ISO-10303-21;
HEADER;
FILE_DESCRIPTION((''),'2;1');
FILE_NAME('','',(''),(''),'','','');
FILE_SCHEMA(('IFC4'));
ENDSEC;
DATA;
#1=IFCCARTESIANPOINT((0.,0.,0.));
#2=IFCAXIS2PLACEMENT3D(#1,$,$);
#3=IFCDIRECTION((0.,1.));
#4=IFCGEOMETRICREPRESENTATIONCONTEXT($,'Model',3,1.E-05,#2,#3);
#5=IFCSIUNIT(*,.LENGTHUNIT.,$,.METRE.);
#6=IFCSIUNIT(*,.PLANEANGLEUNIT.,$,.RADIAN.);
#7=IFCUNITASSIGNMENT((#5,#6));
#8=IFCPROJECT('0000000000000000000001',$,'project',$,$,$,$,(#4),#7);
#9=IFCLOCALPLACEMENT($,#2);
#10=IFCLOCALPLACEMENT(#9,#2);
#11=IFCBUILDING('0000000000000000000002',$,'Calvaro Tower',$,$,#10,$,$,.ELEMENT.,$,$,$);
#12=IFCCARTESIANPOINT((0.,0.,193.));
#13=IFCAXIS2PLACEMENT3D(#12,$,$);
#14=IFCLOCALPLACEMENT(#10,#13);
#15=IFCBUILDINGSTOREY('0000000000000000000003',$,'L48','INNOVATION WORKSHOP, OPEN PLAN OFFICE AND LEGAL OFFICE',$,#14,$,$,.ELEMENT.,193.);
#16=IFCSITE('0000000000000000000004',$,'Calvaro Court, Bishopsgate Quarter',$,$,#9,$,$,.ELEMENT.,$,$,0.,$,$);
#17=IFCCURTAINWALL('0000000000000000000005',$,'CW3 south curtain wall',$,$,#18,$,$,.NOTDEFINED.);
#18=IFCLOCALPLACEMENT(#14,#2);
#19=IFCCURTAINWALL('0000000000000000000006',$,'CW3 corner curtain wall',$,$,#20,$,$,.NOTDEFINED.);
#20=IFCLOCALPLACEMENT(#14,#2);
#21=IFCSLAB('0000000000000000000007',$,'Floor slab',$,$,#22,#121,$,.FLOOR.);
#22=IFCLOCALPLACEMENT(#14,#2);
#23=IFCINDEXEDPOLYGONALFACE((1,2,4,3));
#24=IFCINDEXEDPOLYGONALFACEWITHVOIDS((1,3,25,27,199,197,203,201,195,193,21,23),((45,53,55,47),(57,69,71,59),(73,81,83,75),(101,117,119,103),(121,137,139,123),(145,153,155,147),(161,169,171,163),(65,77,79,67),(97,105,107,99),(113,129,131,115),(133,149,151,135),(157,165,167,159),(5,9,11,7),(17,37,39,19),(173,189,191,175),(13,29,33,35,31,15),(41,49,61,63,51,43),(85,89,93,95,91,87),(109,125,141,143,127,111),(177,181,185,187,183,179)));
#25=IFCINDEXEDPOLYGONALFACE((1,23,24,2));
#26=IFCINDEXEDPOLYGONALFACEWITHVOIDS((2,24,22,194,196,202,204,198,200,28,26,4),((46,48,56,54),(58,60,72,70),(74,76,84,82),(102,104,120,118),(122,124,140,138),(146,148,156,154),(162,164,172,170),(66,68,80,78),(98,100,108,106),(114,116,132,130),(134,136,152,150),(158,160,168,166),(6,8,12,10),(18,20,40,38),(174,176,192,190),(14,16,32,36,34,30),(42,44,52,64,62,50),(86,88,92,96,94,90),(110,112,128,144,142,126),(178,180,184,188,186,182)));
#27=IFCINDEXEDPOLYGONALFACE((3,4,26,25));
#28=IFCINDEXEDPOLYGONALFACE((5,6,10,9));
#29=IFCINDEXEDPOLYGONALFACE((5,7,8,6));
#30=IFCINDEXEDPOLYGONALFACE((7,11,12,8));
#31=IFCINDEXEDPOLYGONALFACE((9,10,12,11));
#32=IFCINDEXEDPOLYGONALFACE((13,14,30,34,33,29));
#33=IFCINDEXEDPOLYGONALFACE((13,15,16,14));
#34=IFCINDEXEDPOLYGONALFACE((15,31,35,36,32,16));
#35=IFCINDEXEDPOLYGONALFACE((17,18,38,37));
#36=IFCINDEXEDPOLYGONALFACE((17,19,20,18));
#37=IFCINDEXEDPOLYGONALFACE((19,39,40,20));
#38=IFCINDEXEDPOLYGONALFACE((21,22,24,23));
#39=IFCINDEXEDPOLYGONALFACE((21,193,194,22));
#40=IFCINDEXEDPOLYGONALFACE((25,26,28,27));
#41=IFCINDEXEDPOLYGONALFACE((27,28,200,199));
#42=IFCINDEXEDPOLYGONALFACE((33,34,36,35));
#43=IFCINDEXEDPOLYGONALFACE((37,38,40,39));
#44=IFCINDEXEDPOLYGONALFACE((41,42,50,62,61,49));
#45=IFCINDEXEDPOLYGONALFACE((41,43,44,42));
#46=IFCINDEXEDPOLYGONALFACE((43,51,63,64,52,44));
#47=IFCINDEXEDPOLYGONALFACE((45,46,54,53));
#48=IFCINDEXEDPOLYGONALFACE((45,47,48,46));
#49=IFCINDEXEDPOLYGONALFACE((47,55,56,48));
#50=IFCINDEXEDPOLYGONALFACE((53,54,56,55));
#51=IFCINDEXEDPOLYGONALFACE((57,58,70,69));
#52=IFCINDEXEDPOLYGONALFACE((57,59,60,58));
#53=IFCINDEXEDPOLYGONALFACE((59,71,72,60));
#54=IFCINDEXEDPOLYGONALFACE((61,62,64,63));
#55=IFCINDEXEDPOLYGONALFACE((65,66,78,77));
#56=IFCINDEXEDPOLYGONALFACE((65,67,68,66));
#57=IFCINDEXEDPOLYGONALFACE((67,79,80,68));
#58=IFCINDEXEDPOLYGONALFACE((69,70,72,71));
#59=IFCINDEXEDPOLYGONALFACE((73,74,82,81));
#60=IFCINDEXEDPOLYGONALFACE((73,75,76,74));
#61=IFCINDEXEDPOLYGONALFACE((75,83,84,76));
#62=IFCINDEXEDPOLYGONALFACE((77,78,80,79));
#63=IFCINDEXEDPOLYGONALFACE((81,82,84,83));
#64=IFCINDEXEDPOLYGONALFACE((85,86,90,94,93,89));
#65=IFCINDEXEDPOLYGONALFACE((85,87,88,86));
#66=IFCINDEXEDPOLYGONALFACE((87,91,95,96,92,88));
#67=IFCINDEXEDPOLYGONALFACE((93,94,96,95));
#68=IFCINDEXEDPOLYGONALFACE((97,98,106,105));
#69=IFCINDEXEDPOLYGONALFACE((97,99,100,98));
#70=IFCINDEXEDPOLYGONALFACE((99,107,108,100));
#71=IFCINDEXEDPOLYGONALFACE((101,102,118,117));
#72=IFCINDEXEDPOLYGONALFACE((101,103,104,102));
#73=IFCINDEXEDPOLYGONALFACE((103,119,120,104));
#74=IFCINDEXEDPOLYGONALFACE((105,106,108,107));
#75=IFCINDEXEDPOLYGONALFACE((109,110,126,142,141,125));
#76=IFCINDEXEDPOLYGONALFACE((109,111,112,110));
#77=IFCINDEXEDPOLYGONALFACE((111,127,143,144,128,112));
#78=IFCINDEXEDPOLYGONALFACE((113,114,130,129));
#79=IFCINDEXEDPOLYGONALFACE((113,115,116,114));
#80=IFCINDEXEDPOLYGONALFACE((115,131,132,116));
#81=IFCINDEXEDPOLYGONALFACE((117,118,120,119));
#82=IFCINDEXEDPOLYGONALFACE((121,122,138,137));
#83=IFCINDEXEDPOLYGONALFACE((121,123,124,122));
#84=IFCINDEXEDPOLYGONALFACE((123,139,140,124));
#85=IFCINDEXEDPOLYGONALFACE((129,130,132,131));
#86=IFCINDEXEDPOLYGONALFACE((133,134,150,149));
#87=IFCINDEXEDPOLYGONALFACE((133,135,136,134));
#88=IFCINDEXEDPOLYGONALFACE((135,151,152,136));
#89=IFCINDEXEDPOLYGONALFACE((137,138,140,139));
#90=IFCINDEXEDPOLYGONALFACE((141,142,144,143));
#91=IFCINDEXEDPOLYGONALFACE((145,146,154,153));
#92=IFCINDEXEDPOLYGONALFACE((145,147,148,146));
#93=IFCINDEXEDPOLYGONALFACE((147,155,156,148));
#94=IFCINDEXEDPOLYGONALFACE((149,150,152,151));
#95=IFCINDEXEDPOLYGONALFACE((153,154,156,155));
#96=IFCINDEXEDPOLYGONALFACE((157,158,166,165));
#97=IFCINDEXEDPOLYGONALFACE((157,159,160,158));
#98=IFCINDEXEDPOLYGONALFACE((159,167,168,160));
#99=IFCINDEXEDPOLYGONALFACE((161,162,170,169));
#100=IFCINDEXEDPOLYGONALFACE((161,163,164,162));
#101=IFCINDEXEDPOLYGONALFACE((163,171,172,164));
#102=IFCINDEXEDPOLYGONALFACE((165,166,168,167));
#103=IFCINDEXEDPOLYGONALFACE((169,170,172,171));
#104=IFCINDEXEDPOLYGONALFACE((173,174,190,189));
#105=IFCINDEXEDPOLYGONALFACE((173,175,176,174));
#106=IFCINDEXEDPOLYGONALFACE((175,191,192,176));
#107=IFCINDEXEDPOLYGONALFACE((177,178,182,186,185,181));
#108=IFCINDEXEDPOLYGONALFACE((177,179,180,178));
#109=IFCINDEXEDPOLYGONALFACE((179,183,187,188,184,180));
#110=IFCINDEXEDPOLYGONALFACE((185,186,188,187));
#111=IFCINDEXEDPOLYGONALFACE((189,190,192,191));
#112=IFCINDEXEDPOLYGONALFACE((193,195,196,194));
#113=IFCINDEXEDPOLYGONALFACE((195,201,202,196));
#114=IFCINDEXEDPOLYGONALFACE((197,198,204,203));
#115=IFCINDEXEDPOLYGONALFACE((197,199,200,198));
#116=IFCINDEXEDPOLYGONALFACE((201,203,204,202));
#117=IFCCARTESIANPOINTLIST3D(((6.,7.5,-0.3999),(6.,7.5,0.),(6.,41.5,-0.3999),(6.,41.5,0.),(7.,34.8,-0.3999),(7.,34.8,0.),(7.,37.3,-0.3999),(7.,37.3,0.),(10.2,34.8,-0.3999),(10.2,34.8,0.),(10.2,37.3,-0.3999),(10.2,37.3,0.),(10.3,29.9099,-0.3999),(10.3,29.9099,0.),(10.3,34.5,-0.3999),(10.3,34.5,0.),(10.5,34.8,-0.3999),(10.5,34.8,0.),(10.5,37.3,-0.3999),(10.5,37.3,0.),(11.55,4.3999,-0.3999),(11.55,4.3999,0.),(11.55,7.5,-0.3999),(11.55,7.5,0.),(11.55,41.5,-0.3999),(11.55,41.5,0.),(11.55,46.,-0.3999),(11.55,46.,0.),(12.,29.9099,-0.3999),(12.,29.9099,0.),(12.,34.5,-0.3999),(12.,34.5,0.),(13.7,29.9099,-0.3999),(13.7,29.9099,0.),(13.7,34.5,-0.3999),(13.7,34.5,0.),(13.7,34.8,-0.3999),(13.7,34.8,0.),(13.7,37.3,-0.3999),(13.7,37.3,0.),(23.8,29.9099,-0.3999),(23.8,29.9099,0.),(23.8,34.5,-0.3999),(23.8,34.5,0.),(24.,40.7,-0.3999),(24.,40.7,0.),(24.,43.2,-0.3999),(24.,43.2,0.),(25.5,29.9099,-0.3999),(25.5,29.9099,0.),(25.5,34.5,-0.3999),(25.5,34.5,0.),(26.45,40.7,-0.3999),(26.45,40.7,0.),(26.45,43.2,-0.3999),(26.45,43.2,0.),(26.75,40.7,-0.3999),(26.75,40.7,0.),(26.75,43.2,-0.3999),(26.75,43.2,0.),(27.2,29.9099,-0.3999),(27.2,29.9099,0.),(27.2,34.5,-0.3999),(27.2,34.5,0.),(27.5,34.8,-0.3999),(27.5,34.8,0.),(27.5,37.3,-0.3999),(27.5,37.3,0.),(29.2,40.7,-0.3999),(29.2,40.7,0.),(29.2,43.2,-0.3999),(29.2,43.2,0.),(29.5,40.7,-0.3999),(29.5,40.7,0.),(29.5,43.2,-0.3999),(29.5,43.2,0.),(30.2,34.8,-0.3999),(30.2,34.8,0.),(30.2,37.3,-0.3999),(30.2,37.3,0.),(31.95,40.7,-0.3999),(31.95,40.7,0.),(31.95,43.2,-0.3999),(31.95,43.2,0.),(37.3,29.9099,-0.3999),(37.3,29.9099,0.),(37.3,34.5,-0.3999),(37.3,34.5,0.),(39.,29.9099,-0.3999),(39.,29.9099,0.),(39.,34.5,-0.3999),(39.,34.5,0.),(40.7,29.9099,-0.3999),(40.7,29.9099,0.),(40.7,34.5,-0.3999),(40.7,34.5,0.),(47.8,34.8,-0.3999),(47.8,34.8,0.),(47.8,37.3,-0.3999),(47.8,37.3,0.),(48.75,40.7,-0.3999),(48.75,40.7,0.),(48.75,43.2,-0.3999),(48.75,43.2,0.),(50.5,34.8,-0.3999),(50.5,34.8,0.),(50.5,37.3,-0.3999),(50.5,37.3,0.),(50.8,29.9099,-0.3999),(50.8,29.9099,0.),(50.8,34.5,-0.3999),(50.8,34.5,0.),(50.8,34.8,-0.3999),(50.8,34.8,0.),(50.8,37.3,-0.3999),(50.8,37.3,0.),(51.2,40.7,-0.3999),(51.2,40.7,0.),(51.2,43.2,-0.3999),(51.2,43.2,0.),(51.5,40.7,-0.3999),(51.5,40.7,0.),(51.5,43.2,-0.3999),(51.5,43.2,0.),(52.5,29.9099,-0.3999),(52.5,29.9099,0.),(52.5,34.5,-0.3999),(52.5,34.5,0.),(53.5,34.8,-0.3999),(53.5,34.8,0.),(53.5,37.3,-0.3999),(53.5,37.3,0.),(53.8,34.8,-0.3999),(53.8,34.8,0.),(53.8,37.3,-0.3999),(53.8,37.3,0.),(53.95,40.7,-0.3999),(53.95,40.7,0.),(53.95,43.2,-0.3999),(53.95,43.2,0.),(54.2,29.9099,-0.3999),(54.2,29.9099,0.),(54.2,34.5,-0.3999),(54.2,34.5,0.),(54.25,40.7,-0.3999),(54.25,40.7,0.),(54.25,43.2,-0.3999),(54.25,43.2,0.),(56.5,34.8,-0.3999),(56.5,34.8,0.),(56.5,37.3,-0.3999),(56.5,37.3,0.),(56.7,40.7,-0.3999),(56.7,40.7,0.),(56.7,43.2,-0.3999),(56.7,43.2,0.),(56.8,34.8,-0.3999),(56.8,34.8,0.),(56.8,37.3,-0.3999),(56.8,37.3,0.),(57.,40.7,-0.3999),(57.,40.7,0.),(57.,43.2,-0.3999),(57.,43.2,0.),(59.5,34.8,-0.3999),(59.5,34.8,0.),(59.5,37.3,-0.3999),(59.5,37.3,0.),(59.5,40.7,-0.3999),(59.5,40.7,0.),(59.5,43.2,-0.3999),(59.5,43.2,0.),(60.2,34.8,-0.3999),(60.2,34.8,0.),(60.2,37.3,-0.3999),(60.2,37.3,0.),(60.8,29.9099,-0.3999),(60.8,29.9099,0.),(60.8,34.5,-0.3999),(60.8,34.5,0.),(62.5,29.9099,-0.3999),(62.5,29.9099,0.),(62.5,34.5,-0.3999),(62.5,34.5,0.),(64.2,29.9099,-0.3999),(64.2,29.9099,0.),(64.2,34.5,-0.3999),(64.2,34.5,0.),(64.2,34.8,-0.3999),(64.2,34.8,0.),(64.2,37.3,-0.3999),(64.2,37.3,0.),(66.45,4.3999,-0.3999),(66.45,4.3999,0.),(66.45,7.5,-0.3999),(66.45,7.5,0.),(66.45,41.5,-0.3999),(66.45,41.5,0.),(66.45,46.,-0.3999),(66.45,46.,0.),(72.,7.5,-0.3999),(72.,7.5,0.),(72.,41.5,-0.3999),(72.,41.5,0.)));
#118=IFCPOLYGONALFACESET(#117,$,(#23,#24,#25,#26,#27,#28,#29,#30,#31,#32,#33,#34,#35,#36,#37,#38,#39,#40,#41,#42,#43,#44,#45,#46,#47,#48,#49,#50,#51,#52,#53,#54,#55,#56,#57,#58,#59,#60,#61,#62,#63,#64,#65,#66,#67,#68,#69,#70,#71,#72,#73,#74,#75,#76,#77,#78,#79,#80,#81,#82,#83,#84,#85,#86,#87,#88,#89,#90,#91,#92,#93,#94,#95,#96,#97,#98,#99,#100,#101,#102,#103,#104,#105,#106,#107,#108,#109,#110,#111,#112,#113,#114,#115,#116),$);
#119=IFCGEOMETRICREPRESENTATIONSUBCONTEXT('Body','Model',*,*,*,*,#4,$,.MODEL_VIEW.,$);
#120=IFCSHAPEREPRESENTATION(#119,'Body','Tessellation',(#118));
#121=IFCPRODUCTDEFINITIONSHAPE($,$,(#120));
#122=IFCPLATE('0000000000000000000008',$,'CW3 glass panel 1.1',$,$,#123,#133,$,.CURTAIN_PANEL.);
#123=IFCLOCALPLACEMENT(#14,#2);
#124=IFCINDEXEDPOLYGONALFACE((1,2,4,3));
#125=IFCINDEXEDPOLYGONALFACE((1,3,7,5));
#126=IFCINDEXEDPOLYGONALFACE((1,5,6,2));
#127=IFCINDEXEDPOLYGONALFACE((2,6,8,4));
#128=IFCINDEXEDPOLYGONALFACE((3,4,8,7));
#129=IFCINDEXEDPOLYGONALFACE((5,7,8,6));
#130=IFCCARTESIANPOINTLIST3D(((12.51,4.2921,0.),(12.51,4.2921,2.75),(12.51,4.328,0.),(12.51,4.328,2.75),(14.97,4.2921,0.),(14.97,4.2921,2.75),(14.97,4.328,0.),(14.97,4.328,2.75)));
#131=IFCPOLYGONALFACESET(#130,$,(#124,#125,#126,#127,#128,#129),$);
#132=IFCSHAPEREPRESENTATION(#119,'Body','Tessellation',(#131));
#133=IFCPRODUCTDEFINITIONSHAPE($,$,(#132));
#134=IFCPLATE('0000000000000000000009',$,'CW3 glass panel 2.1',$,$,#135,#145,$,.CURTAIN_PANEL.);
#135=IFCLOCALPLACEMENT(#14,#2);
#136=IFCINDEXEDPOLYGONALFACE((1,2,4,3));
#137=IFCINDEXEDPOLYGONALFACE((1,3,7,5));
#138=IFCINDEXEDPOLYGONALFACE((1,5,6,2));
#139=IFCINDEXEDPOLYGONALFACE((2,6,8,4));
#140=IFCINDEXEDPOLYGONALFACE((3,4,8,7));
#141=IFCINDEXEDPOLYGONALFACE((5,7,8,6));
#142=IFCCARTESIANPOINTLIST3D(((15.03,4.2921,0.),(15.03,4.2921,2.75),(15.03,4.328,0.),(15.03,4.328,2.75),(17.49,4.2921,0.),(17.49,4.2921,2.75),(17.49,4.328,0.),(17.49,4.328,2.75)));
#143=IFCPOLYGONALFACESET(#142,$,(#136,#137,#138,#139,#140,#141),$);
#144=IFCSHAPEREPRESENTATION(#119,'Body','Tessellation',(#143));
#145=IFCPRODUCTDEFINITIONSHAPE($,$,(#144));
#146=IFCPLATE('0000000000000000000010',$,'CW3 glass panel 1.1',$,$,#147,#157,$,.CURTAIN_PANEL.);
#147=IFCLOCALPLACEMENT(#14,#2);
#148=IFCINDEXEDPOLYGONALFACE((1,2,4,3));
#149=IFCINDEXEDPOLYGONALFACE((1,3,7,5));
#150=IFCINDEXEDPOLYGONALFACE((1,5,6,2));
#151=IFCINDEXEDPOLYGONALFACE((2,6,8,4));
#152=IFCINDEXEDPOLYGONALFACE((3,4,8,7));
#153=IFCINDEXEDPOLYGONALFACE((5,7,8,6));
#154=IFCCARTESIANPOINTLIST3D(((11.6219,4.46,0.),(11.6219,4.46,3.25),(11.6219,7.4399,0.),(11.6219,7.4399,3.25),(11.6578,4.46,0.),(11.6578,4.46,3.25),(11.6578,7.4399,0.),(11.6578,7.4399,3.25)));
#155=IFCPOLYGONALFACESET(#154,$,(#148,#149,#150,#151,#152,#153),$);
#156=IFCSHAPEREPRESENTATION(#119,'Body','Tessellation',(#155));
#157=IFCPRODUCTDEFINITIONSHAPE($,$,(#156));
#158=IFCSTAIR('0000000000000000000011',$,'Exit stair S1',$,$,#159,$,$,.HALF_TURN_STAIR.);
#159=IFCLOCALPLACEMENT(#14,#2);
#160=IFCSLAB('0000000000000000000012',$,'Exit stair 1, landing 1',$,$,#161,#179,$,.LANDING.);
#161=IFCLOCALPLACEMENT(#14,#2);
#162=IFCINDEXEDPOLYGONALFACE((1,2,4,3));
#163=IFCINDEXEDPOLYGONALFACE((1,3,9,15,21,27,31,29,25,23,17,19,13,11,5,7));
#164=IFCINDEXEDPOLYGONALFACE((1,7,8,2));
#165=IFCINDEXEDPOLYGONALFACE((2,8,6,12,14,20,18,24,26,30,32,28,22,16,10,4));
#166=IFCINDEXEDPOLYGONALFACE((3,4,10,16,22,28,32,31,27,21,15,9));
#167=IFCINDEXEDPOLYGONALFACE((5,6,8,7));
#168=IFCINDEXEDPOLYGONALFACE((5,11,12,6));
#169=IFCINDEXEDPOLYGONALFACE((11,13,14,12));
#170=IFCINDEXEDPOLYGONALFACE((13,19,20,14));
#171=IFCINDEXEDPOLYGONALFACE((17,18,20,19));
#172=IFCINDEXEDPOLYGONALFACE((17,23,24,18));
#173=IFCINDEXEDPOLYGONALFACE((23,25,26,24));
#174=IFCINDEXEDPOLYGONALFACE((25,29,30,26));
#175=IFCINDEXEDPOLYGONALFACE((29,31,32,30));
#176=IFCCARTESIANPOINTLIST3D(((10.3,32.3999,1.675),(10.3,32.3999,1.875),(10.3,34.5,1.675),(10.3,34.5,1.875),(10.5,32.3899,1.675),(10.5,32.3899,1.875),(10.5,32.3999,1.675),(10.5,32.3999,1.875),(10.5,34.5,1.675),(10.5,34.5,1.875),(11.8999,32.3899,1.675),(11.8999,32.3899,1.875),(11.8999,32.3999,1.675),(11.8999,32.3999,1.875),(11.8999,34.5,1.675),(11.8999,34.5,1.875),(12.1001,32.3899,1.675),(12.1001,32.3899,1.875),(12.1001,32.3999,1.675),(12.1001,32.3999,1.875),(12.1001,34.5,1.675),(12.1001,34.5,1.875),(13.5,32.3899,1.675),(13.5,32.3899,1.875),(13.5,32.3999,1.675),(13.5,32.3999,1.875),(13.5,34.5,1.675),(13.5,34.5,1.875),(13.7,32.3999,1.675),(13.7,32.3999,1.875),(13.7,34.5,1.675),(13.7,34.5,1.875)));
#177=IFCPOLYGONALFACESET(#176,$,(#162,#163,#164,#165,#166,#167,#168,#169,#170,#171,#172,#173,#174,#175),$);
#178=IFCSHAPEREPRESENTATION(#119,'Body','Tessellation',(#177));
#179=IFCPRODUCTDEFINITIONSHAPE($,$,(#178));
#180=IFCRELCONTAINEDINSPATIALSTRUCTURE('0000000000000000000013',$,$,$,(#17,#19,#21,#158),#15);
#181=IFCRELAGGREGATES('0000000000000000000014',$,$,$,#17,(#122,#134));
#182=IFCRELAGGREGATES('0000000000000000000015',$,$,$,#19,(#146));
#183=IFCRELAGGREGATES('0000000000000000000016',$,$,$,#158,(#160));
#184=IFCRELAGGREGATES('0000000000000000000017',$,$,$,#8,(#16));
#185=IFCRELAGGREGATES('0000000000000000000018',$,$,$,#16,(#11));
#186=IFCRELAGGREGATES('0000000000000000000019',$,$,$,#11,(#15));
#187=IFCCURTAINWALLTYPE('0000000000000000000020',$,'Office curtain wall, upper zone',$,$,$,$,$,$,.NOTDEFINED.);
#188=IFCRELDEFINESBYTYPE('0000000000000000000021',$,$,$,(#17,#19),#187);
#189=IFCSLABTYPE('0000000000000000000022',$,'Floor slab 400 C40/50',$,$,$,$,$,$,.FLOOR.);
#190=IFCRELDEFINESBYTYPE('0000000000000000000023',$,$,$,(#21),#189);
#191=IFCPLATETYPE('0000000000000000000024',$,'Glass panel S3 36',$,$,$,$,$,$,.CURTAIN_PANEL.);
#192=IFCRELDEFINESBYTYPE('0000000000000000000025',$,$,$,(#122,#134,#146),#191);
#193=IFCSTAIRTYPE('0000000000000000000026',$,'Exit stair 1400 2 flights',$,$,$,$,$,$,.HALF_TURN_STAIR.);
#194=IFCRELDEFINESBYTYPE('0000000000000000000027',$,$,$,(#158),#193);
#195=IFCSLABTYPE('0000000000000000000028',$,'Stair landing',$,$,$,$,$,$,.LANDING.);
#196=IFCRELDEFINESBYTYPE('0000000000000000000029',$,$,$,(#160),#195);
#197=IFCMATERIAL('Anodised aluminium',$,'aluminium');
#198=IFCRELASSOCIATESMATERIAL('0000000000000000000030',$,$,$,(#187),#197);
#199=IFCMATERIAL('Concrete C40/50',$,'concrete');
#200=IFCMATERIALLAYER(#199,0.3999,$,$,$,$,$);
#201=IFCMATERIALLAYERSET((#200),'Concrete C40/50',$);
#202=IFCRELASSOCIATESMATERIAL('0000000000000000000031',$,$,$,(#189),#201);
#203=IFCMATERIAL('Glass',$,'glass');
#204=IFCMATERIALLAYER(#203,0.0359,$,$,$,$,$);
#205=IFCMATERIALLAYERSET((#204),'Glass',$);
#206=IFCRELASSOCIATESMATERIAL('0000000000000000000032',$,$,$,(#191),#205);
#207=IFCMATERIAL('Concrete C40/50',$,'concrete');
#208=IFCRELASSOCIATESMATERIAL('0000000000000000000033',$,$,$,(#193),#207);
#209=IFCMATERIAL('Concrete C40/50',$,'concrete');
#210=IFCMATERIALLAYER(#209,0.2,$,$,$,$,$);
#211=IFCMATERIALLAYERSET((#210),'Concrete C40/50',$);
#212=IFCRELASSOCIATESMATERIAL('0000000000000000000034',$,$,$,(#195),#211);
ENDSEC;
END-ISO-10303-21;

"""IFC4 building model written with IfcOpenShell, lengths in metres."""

from ifc_helpers import new_model, si_unit, direction, frame, origin, origin_2d, place, context, subcontext, project, spatial, polyline, rectangle, outline, extrude, material, layer, layer_set, type_object, element, aggregate, save


model = new_model("IFC4")

# Units and contexts
model_context = context("Model", 3, precision=1e-05, world=origin(), true_north=direction((0.0, 1.0)))
body_context = subcontext(model_context, "Body", "Model", "MODEL_VIEW")
ifc_project = project(units=[si_unit("LENGTHUNIT", "METRE"), si_unit("PLANEANGLEUNIT", "RADIAN")], contexts=[model_context])

# Site, building, storey
site_placement = place(None, origin())
site = spatial("IfcSite", under=ifc_project, at=site_placement, Name="Calvaro Court, Bishopsgate Quarter", CompositionType="ELEMENT", RefElevation=0.0)
building_placement = place(site_placement, origin())
building = spatial("IfcBuilding", under=site, at=building_placement, Name="Calvaro Tower", CompositionType="ELEMENT")
storey_placement = place(building_placement, frame((0.0, 0.0, 193.0)))
storey = spatial("IfcBuildingStorey", under=building, at=storey_placement, Name="L48", Description="INNOVATION WORKSHOP, OPEN PLAN OFFICE AND LEGAL OFFICE", CompositionType="ELEMENT", Elevation=193.0)

# Curtain wall
ifc_material_1 = material(Name="Anodised aluminium", Category="aluminium")
curtain_wall_type = type_object("IfcCurtainWallType", Name="Office curtain wall, upper zone", PredefinedType="NOTDEFINED", material=ifc_material_1)
curtain_wall_1_placement = place(storey_placement, origin())
curtain_wall_1 = element("IfcCurtainWall", 1, at=curtain_wall_1_placement, inside=storey, type_object=curtain_wall_type, Name="CW3 south curtain wall", PredefinedType="NOTDEFINED")

# Curtain wall
curtain_wall_2_placement = place(storey_placement, origin())
curtain_wall_2 = element("IfcCurtainWall", 2, at=curtain_wall_2_placement, inside=storey, type_object=curtain_wall_type, Name="CW3 corner curtain wall", PredefinedType="NOTDEFINED")

# Slab
ifc_material_2 = material(Name="Concrete C40/50", Category="concrete")
ifc_layer_1 = layer(ifc_material_2, 0.3999)
ifc_layer_set_1 = layer_set([ifc_layer_1], Name="Concrete C40/50")
slab_type_1 = type_object("IfcSlabType", Name="Floor slab 400 C40/50", PredefinedType="FLOOR", material=ifc_layer_set_1)
slab_1_placement = place(storey_placement, frame((0.0, 0.0, -0.3999)))
element("IfcSlab", 3, at=slab_1_placement, inside=storey, type_object=slab_type_1, Name="Floor slab", PredefinedType="FLOOR", context=body_context, shape_type="SweptSolid", body=[
    extrude(outline(polyline([(66.45, 7.5), (66.45, 4.3999), (11.55, 4.3999), (11.55, 7.5), (6.0, 7.5), (6.0, 41.5), (11.55, 41.5), (11.55, 46.0), (66.45, 46.0), (66.45, 41.5), (72.0, 41.5), (72.0, 7.5), (66.45, 7.5)]), holes=[polyline([(10.3, 29.9099), (10.3, 34.5), (12.0, 34.5), (13.7, 34.5), (13.7, 29.9099), (12.0, 29.9099), (10.3, 29.9099)]), polyline([(23.8, 29.9099), (23.8, 34.5), (25.5, 34.5), (27.2, 34.5), (27.2, 29.9099), (25.5, 29.9099), (23.8, 29.9099)]), polyline([(37.3, 29.9099), (37.3, 34.5), (39.0, 34.5), (40.7, 34.5), (40.7, 29.9099), (39.0, 29.9099), (37.3, 29.9099)]), polyline([(50.8, 29.9099), (50.8, 34.5), (52.5, 34.5), (54.2, 34.5), (54.2, 29.9099), (52.5, 29.9099), (50.8, 29.9099)]), polyline([(60.8, 29.9099), (60.8, 34.5), (62.5, 34.5), (64.2, 34.5), (64.2, 29.9099), (62.5, 29.9099), (60.8, 29.9099)]), polyline([(50.8, 34.8), (53.5, 34.8), (53.5, 37.3), (50.8, 37.3), (50.8, 34.8)]), polyline([(53.8, 34.8), (56.5, 34.8), (56.5, 37.3), (53.8, 37.3), (53.8, 34.8)]), polyline([(56.8, 34.8), (59.5, 34.8), (59.5, 37.3), (56.8, 37.3), (56.8, 34.8)]), polyline([(24.0, 40.7), (26.45, 40.7), (26.45, 43.2), (24.0, 43.2), (24.0, 40.7)]), polyline([(26.75, 40.7), (29.2, 40.7), (29.2, 43.2), (26.75, 43.2), (26.75, 40.7)]), polyline([(29.5, 40.7), (31.95, 40.7), (31.95, 43.2), (29.5, 43.2), (29.5, 40.7)]), polyline([(48.75, 40.7), (51.2, 40.7), (51.2, 43.2), (48.75, 43.2), (48.75, 40.7)]), polyline([(51.5, 40.7), (53.95, 40.7), (53.95, 43.2), (51.5, 43.2), (51.5, 40.7)]), polyline([(54.25, 40.7), (56.7, 40.7), (56.7, 43.2), (54.25, 43.2), (54.25, 40.7)]), polyline([(57.0, 40.7), (59.5, 40.7), (59.5, 43.2), (57.0, 43.2), (57.0, 40.7)]), polyline([(7.0, 34.8), (10.2, 34.8), (10.2, 37.3), (7.0, 37.3), (7.0, 34.8)]), polyline([(10.5, 34.8), (13.7, 34.8), (13.7, 37.3), (10.5, 37.3), (10.5, 34.8)]), polyline([(60.2, 34.8), (64.2, 34.8), (64.2, 37.3), (60.2, 37.3), (60.2, 34.8)]), polyline([(27.5, 34.8), (30.2, 34.8), (30.2, 37.3), (27.5, 37.3), (27.5, 34.8)]), polyline([(47.8, 34.8), (50.5, 34.8), (50.5, 37.3), (47.8, 37.3), (47.8, 34.8)])]), origin(), (0.0, 0.0, 1.0), 0.3999),
])

# Plates
ifc_material_3 = material(Name="Glass", Category="glass")
ifc_layer_2 = layer(ifc_material_3, 0.0359)
ifc_layer_set_2 = layer_set([ifc_layer_2], Name="Glass")
plate_type = type_object("IfcPlateType", Name="Glass panel S3 36", PredefinedType="CURTAIN_PANEL", material=ifc_layer_set_2)
plate_1_placement = place(storey_placement, frame((13.74, 4.3101, 0.0), z_axis=(0.0, 0.0, 1.0), x_axis=(1.0, 0.0, 0.0)))
plate_1 = element("IfcPlate", 4, at=plate_1_placement, type_object=plate_type, Name="CW3 glass panel 1.1", PredefinedType="CURTAIN_PANEL", context=body_context, shape_type="SweptSolid", body=[
    extrude(rectangle(XDim=2.46, YDim=0.0359, at=origin_2d()), origin(), (0.0, 0.0, 1.0), 2.75),
])
plate_2_placement = place(storey_placement, frame((16.26, 4.3101, 0.0), z_axis=(0.0, 0.0, 1.0), x_axis=(1.0, 0.0, 0.0)))
plate_2 = element("IfcPlate", 5, at=plate_2_placement, type_object=plate_type, Name="CW3 glass panel 2.1", PredefinedType="CURTAIN_PANEL", context=body_context, shape_type="SweptSolid", body=[
    extrude(rectangle(XDim=2.46, YDim=0.0359, at=origin_2d()), origin(), (0.0, 0.0, 1.0), 2.75),
])
aggregate(curtain_wall_1, [plate_1, plate_2])
plate_3_placement = place(storey_placement, frame((11.6399, 5.95, 0.0), z_axis=(0.0, 0.0, 1.0), x_axis=(0.0, 1.0, 0.0)))
plate_3 = element("IfcPlate", 6, at=plate_3_placement, type_object=plate_type, Name="CW3 glass panel 1.1", PredefinedType="CURTAIN_PANEL", context=body_context, shape_type="SweptSolid", body=[
    extrude(rectangle(XDim=2.98, YDim=0.0359, at=origin_2d()), origin(), (0.0, 0.0, 1.0), 3.25),
])
aggregate(curtain_wall_2, [plate_3])

# Stair, slab
ifc_material_4 = material(Name="Concrete C40/50", Category="concrete")
stair_type = type_object("IfcStairType", Name="Exit stair 1400 2 flights", PredefinedType="HALF_TURN_STAIR", material=ifc_material_4)
stair_1_placement = place(storey_placement, origin())
stair_1 = element("IfcStair", 7, at=stair_1_placement, inside=storey, type_object=stair_type, Name="Exit stair S1", PredefinedType="HALF_TURN_STAIR")
ifc_material_5 = material(Name="Concrete C40/50", Category="concrete")
ifc_layer_3 = layer(ifc_material_5, 0.2)
ifc_layer_set_3 = layer_set([ifc_layer_3], Name="Concrete C40/50")
slab_type_2 = type_object("IfcSlabType", Name="Stair landing", PredefinedType="LANDING", material=ifc_layer_set_3)
slab_2_placement = place(storey_placement, frame((0.0, 0.0, 1.675)))
slab_2 = element("IfcSlab", 8, at=slab_2_placement, type_object=slab_type_2, Name="Exit stair 1, landing 1", PredefinedType="LANDING", context=body_context, shape_type="SweptSolid", body=[
    extrude(outline(polyline([(11.8999, 32.3899), (10.5, 32.3899), (10.5, 32.3999), (10.3, 32.3999), (10.3, 34.5), (10.5, 34.5), (11.8999, 34.5), (12.1001, 34.5), (13.5, 34.5), (13.7, 34.5), (13.7, 32.3999), (13.5, 32.3999), (13.5, 32.3899), (12.1001, 32.3899), (12.1001, 32.3999), (11.8999, 32.3999), (11.8999, 32.3899)])), origin(), (0.0, 0.0, 1.0), 0.2),
])
aggregate(stair_1, [slab_2])

save(model, "model.ifc")
